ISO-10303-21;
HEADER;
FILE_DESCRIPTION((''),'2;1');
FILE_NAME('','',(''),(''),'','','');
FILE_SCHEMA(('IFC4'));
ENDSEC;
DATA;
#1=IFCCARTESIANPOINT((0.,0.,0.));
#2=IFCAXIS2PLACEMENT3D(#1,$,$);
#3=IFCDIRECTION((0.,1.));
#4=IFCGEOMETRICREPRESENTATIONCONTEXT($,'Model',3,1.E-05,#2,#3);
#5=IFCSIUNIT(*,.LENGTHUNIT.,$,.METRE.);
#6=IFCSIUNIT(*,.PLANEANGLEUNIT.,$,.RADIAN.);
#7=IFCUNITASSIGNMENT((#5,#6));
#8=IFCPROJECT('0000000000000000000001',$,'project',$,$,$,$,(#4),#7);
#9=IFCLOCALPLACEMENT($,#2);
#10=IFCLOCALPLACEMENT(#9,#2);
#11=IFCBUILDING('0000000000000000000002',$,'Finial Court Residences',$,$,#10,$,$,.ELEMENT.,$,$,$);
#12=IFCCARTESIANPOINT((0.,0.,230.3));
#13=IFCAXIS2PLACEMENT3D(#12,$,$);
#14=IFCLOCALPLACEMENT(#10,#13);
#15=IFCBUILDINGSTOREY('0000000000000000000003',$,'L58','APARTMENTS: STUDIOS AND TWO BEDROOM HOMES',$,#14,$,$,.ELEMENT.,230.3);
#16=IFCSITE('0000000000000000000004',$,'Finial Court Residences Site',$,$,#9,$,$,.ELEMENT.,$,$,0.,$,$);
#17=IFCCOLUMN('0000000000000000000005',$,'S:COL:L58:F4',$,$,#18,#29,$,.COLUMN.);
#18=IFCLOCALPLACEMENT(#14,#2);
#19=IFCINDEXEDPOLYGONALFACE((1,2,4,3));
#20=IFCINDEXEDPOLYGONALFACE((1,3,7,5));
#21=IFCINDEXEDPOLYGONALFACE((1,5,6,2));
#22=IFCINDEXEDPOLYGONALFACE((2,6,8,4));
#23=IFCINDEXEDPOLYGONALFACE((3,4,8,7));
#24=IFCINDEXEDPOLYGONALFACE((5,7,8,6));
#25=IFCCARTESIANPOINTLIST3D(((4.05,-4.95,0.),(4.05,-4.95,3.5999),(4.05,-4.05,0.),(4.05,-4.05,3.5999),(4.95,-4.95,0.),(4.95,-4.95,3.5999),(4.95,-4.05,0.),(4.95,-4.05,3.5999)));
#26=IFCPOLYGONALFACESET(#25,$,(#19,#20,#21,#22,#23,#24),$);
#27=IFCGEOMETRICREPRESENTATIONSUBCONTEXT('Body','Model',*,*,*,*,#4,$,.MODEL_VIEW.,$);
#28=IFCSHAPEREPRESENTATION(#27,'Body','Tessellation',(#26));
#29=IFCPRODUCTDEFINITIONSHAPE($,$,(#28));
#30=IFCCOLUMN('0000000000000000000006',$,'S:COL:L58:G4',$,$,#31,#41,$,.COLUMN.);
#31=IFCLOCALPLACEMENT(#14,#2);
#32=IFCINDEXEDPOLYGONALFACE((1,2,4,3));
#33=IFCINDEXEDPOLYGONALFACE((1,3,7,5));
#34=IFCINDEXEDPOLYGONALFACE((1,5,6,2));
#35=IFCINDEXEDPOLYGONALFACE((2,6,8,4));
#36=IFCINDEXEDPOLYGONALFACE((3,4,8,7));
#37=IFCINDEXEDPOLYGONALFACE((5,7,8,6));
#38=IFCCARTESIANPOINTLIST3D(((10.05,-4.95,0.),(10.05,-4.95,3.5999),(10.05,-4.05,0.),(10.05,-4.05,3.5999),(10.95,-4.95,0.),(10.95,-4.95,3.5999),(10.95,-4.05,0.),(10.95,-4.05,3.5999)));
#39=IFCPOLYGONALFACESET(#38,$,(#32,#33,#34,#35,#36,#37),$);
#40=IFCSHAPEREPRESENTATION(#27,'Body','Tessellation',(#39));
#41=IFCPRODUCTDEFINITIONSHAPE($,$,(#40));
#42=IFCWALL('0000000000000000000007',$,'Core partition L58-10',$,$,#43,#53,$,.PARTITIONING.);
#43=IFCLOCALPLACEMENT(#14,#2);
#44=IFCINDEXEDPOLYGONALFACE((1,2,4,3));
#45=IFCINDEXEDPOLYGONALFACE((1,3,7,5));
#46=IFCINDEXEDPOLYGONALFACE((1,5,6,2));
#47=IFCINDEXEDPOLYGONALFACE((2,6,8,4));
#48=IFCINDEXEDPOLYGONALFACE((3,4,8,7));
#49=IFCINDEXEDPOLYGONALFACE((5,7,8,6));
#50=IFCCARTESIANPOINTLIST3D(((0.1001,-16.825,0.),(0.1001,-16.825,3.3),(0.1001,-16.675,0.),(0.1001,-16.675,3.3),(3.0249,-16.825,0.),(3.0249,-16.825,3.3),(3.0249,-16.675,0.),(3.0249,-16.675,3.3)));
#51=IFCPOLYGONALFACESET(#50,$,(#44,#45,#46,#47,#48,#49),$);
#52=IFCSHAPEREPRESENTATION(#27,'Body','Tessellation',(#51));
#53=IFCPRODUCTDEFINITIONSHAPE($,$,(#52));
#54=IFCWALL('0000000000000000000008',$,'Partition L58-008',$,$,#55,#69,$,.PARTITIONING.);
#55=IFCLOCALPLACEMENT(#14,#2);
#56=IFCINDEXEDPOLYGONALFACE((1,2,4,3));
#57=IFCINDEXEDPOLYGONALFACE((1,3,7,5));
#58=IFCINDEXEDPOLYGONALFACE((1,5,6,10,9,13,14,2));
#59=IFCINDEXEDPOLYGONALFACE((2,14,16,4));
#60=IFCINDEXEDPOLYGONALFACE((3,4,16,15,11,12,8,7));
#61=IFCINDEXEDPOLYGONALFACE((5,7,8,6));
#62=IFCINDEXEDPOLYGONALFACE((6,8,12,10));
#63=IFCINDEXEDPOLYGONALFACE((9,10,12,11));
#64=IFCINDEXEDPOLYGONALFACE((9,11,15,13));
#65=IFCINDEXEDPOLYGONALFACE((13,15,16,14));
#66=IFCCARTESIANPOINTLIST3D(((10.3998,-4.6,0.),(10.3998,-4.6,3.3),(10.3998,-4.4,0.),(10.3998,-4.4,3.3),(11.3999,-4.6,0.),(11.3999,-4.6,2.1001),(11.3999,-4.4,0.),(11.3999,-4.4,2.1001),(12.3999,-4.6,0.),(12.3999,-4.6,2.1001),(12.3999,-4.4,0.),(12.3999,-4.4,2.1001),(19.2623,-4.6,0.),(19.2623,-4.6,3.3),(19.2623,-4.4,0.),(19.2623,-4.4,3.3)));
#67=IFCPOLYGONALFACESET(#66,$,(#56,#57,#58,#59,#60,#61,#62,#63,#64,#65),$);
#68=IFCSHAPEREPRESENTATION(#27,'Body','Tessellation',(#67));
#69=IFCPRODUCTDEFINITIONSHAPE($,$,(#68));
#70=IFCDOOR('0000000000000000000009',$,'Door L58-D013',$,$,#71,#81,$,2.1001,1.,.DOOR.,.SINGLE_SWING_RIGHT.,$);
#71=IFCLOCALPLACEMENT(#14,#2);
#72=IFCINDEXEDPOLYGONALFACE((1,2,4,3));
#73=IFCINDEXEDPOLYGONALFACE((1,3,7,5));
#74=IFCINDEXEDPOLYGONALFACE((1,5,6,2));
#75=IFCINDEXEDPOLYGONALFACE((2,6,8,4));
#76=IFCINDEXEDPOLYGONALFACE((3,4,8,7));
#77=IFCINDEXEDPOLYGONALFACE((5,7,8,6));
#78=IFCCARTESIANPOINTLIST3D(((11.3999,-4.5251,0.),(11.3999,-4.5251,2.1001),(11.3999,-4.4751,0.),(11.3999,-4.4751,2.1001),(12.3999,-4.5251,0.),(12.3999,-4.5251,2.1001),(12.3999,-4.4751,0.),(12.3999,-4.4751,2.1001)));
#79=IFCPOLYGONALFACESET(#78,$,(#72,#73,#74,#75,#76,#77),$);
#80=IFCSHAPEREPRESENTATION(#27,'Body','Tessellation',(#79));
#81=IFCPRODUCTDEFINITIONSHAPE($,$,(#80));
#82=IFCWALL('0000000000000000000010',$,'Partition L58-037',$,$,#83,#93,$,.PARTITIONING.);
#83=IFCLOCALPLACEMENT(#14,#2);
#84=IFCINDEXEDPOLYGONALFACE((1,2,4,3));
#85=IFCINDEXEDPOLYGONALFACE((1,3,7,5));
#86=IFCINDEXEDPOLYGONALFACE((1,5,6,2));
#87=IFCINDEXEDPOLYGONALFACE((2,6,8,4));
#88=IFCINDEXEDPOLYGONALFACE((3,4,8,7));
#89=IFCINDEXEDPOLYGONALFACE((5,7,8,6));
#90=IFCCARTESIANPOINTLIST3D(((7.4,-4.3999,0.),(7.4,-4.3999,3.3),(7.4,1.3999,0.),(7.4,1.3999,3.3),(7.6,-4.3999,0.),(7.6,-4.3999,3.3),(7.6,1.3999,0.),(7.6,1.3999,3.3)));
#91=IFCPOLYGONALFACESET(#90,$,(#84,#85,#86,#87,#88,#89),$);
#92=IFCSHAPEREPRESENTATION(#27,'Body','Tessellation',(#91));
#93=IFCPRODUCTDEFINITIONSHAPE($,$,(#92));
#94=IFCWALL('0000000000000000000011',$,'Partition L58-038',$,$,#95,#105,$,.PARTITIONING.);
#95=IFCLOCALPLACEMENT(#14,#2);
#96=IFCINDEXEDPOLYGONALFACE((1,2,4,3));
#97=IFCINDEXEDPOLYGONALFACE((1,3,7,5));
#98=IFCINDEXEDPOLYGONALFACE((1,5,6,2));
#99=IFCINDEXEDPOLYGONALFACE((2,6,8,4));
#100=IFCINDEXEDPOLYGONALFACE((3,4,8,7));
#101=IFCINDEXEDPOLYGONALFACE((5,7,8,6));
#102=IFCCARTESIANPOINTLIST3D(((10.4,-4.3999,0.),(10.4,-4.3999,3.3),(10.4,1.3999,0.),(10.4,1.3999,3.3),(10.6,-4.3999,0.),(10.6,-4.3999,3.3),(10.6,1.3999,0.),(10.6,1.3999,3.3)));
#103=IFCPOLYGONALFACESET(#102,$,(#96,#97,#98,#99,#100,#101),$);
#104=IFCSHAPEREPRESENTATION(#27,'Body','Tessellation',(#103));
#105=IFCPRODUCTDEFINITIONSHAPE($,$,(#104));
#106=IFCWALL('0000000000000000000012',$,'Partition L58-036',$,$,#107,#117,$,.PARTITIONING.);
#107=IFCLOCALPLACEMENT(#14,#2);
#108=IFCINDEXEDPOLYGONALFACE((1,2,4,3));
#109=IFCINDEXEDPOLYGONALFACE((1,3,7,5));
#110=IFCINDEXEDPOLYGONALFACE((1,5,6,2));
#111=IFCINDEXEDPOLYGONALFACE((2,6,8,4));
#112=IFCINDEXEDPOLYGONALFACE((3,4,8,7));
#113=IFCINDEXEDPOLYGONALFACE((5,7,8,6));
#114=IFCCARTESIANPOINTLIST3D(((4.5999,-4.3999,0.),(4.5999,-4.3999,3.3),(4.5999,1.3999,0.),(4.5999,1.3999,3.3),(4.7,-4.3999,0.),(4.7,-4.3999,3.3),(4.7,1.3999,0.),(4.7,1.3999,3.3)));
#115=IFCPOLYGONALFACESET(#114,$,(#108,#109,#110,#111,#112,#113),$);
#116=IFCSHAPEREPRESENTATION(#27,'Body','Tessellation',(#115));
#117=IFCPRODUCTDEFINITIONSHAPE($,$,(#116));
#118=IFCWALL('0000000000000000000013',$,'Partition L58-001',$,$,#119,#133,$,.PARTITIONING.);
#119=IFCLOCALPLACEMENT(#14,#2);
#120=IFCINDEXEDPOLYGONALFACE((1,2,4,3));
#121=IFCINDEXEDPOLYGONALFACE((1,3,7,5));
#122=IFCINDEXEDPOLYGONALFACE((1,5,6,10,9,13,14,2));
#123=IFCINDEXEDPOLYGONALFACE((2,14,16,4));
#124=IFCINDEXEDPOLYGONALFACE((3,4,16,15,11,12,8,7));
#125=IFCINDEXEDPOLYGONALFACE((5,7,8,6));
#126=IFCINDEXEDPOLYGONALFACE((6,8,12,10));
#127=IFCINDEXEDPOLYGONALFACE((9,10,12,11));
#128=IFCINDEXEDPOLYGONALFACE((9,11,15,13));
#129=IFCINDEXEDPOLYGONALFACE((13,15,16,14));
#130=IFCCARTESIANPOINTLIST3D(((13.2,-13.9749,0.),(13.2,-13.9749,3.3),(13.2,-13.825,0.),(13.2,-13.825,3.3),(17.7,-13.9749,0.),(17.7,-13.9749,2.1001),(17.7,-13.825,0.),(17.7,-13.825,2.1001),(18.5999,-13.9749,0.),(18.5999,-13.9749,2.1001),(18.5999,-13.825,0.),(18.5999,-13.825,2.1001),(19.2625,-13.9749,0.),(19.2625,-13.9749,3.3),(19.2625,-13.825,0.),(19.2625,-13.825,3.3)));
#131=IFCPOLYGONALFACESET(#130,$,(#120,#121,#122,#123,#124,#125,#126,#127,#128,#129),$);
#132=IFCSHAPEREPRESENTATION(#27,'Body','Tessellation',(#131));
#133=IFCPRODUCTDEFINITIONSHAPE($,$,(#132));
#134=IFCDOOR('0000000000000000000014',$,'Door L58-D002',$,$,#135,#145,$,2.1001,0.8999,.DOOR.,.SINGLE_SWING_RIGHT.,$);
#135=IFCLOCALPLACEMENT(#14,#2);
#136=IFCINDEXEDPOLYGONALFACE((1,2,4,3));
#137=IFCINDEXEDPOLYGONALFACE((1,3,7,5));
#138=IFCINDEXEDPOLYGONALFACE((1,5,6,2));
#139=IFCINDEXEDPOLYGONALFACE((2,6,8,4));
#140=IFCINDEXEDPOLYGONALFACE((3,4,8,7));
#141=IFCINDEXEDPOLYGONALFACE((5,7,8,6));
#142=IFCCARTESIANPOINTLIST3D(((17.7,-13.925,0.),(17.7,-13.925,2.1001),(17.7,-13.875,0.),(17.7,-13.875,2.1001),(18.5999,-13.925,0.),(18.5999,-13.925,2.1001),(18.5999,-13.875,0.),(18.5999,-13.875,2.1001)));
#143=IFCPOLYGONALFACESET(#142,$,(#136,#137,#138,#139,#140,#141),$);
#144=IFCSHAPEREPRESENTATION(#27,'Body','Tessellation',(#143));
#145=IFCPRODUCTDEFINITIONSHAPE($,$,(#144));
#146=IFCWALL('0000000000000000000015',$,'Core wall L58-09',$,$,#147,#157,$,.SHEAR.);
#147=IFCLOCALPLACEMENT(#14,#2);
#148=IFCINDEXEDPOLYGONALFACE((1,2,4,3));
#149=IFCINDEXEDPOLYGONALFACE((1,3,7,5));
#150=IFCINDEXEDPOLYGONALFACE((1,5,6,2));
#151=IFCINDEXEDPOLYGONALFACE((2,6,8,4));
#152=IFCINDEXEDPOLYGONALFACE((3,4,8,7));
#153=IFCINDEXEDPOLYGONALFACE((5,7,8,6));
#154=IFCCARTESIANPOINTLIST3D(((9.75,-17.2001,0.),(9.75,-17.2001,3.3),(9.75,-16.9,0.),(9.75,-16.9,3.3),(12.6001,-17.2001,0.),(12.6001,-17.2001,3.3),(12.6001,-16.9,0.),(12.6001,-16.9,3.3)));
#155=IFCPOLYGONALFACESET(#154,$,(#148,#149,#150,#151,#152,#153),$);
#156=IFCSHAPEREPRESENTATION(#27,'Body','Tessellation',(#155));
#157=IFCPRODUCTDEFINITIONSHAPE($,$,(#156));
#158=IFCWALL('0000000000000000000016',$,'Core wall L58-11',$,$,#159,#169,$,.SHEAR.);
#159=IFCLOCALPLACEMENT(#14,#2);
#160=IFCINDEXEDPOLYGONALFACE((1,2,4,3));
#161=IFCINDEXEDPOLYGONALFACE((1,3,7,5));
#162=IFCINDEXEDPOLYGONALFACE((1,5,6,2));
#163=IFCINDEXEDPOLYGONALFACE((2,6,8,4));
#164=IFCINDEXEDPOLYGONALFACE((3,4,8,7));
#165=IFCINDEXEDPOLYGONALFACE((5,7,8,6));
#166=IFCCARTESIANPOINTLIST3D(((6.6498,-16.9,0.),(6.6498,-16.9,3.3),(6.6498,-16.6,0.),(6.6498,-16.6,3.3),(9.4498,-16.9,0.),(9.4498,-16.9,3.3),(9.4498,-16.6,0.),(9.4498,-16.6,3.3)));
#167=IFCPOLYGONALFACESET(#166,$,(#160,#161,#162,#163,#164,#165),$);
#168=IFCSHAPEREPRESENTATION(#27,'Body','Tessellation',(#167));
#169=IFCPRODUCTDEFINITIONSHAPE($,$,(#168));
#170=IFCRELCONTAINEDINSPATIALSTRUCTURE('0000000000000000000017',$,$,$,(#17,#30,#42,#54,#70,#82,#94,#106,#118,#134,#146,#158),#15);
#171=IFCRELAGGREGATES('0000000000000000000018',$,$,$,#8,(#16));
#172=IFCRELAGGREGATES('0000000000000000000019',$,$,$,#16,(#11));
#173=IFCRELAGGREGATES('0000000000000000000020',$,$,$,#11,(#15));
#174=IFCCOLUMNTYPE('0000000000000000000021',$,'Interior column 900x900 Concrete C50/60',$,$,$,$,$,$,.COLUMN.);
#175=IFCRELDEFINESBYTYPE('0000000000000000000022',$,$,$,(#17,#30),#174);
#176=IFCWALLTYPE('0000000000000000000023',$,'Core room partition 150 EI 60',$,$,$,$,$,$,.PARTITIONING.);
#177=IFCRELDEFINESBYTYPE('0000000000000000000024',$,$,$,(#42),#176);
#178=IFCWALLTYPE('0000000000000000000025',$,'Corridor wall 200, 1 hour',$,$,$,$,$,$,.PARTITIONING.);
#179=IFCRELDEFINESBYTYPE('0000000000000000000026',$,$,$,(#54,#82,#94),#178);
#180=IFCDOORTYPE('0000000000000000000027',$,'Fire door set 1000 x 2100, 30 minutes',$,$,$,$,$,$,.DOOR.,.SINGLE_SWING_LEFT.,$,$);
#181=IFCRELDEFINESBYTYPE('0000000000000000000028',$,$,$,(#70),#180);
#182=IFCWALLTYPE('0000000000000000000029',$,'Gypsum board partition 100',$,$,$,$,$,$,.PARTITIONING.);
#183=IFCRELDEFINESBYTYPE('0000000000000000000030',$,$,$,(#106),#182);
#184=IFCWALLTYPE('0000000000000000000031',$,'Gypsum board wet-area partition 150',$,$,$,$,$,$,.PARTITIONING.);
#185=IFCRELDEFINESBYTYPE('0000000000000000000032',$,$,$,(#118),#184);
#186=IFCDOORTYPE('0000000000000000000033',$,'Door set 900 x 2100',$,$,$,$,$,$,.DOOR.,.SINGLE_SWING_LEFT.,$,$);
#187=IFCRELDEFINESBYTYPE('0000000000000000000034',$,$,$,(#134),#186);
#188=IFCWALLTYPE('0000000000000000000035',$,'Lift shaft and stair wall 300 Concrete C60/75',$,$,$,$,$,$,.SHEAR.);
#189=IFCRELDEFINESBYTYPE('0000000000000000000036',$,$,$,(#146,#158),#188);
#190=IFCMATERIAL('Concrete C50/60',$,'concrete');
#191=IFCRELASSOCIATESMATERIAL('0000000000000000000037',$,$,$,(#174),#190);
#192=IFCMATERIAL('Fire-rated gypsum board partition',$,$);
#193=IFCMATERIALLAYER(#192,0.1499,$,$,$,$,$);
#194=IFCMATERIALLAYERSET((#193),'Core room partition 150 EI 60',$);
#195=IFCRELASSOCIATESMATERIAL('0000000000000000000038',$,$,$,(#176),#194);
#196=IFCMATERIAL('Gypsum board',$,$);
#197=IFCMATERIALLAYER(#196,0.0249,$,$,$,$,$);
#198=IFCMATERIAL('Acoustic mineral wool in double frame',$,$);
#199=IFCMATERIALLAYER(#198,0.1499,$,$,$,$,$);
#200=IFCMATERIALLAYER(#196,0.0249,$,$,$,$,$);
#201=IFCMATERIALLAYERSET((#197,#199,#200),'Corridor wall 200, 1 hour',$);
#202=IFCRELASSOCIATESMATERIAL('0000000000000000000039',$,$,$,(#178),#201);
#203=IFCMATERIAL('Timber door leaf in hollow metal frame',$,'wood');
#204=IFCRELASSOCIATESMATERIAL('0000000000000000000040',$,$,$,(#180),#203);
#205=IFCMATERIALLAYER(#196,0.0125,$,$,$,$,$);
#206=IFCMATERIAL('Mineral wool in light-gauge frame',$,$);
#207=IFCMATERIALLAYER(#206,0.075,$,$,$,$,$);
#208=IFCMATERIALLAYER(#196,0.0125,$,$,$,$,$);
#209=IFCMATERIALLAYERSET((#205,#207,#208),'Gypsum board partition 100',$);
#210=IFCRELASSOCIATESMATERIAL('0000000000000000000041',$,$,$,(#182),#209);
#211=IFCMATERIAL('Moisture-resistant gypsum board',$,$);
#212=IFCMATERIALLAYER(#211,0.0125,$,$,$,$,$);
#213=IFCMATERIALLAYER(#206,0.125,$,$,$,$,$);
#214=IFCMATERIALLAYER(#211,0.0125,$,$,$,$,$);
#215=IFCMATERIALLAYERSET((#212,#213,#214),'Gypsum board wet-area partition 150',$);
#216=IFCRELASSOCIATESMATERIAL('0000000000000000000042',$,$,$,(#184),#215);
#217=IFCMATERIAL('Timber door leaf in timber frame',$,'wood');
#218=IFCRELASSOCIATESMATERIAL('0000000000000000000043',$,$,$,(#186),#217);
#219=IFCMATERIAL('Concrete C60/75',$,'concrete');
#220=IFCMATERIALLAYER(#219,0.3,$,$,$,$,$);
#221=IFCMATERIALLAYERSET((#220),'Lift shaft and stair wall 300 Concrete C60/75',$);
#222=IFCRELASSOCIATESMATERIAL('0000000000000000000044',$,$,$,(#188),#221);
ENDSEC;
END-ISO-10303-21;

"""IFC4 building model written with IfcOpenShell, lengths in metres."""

from ifc_helpers import new_model, si_unit, direction, frame, frame_2d, origin, origin_2d, place, context, subcontext, project, spatial, rectangle, extrude, material, layer, layer_set, material_profile, profile_set, type_object, element, fill, save


model = new_model("IFC4")

# Units and contexts
model_context = context("Model", 3, precision=1e-05, world=origin(), true_north=direction((0.0, 1.0)))
body_context = subcontext(model_context, "Body", "Model", "MODEL_VIEW")
ifc_project = project(units=[si_unit("LENGTHUNIT", "METRE"), si_unit("PLANEANGLEUNIT", "RADIAN")], contexts=[model_context])

# Site, building, storey
site_placement = place(None, origin())
site = spatial("IfcSite", under=ifc_project, at=site_placement, Name="Finial Court Residences Site", CompositionType="ELEMENT", RefElevation=0.0)
building_placement = place(site_placement, origin())
building = spatial("IfcBuilding", under=site, at=building_placement, Name="Finial Court Residences", CompositionType="ELEMENT")
storey_placement = place(building_placement, frame((0.0, 0.0, 230.3)))
storey = spatial("IfcBuildingStorey", under=building, at=storey_placement, Name="L58", Description="APARTMENTS: STUDIOS AND TWO BEDROOM HOMES", CompositionType="ELEMENT", Elevation=230.3)

# Columns
ifc_material_1 = material(Name="Concrete C50/60", Category="concrete")
ifc_material_profile = material_profile(ifc_material_1, rectangle(XDim=0.8999, YDim=0.8999, at=origin_2d()), Name="900x900")
ifc_profile_set = profile_set([ifc_material_profile], Name="Concrete C50/60")
column_type = type_object("IfcColumnType", Name="Interior column 900x900 Concrete C50/60", PredefinedType="COLUMN", material=ifc_profile_set)
for number, where, z_axis, x_axis, name in (
    (1, (4.5, -4.5, 0.0), (0.0, 0.0, 1.0), (1.0, 0.0, 0.0), "S:COL:L58:F4"),
    (2, (10.5, -4.5, 0.0), (0.0, 0.0, 1.0), (1.0, 0.0, 0.0), "S:COL:L58:G4"),
):
    element("IfcColumn", number, at=place(storey_placement, frame(where, z_axis=z_axis, x_axis=x_axis)), inside=storey, type_object=column_type, Name=name, PredefinedType="COLUMN", context=body_context, shape_type="SweptSolid", body=[
        extrude(rectangle(XDim=0.8999, YDim=0.8999, at=origin_2d()), origin(), (0.0, 0.0, 1.0), 3.5999),
    ])

# Wall
ifc_material_2 = material(Name="Fire-rated gypsum board partition")
ifc_layer_1 = layer(ifc_material_2, 0.1499)
ifc_layer_set_1 = layer_set([ifc_layer_1], Name="Core room partition 150 EI 60")
wall_type_1 = type_object("IfcWallType", Name="Core room partition 150 EI 60", PredefinedType="PARTITIONING", material=ifc_layer_set_1)
wall_1_placement = place(storey_placement, frame((0.1001, -16.75, 0.0), z_axis=(0.0, 0.0, 1.0), x_axis=(1.0, 0.0, 0.0)))
element("IfcWall", 3, at=wall_1_placement, inside=storey, type_object=wall_type_1, Name="Core partition L58-10", PredefinedType="PARTITIONING", context=body_context, shape_type="SweptSolid", body=[
    extrude(rectangle(XDim=2.9248, YDim=0.1499, at=frame_2d((1.4624, 0.0))), origin(), (0.0, 0.0, 1.0), 3.3),
])

# Wall, opening, door
ifc_material_3 = material(Name="Gypsum board")
ifc_layer_2 = layer(ifc_material_3, 0.0249)
ifc_material_4 = material(Name="Acoustic mineral wool in double frame")
ifc_layer_3 = layer(ifc_material_4, 0.1499)
ifc_layer_4 = layer(ifc_material_3, 0.0249)
ifc_layer_set_2 = layer_set([ifc_layer_2, ifc_layer_3, ifc_layer_4], Name="Corridor wall 200, 1 hour")
wall_type_2 = type_object("IfcWallType", Name="Corridor wall 200, 1 hour", PredefinedType="PARTITIONING", material=ifc_layer_set_2)
wall_2_placement = place(storey_placement, frame((10.3999, -4.5, 0.0), z_axis=(0.0, 0.0, 1.0), x_axis=(1.0, 0.0, 0.0)))
wall_2 = element("IfcWall", 4, at=wall_2_placement, inside=storey, type_object=wall_type_2, Name="Partition L58-008", PredefinedType="PARTITIONING", context=body_context, shape_type="SweptSolid", body=[
    extrude(rectangle(XDim=8.8625, YDim=0.2, at=frame_2d((4.4312, 0.0))), origin(), (0.0, 0.0, 1.0), 3.3),
])
opening_1_placement = place(wall_2_placement, frame((1.0, 0.0, 0.0)))
opening_1 = element("IfcOpeningElement", 5, at=opening_1_placement, cuts=wall_2, PredefinedType="OPENING", context=body_context, shape_type="SweptSolid", body=[
    extrude(rectangle(XDim=1.0, YDim=2.1001, at=frame_2d((0.5, 1.05))), frame((0.0, 0.1099, 0.0), z_axis=(0.0, -1.0, 0.0), x_axis=(1.0, 0.0, 0.0)), (0.0, 0.0, 1.0), 0.22),
])
ifc_material_5 = material(Name="Timber door leaf in hollow metal frame", Category="wood")
door_type_1 = type_object("IfcDoorType", Name="Fire door set 1000 x 2100, 30 minutes", OperationType="SINGLE_SWING_LEFT", PredefinedType="DOOR", material=ifc_material_5)
door_1_placement = place(opening_1_placement, origin())
door_1 = element("IfcDoor", 6, at=door_1_placement, inside=storey, type_object=door_type_1, Name="Door L58-D013", OperationType="SINGLE_SWING_RIGHT", OverallHeight=2.1001, OverallWidth=1.0, PredefinedType="DOOR", context=body_context, shape_type="SweptSolid", body=[
    extrude(rectangle(XDim=1.0, YDim=2.1001, at=frame_2d((0.5, 1.05))), frame((0.0, 0.0249, 0.0), z_axis=(0.0, -1.0, 0.0), x_axis=(1.0, 0.0, 0.0)), (0.0, 0.0, 1.0), 0.05),
])
fill(opening_1, door_1)

# Walls
for number, where, z_axis, x_axis, name in (
    (7, (7.5, -4.3999, 0.0), (0.0, 0.0, 1.0), (0.0, 1.0, 0.0), "Partition L58-037"),
    (8, (10.5, -4.3999, 0.0), (0.0, 0.0, 1.0), (0.0, 1.0, 0.0), "Partition L58-038"),
):
    element("IfcWall", number, at=place(storey_placement, frame(where, z_axis=z_axis, x_axis=x_axis)), inside=storey, type_object=wall_type_2, Name=name, PredefinedType="PARTITIONING", context=body_context, shape_type="SweptSolid", body=[
        extrude(rectangle(XDim=5.7998, YDim=0.2, at=frame_2d((2.8999, 0.0))), origin(), (0.0, 0.0, 1.0), 3.3),
    ])
ifc_layer_5 = layer(ifc_material_3, 0.0125)
ifc_material_6 = material(Name="Mineral wool in light-gauge frame")
ifc_layer_6 = layer(ifc_material_6, 0.075)
ifc_layer_7 = layer(ifc_material_3, 0.0125)
ifc_layer_set_3 = layer_set([ifc_layer_5, ifc_layer_6, ifc_layer_7], Name="Gypsum board partition 100")
wall_type_3 = type_object("IfcWallType", Name="Gypsum board partition 100", PredefinedType="PARTITIONING", material=ifc_layer_set_3)
wall_3_placement = place(storey_placement, frame((4.6499, -4.3999, 0.0), z_axis=(0.0, 0.0, 1.0), x_axis=(0.0, 1.0, 0.0)))
element("IfcWall", 9, at=wall_3_placement, inside=storey, type_object=wall_type_3, Name="Partition L58-036", PredefinedType="PARTITIONING", context=body_context, shape_type="SweptSolid", body=[
    extrude(rectangle(XDim=5.7998, YDim=0.1001, at=frame_2d((2.8999, 0.0))), origin(), (0.0, 0.0, 1.0), 3.3),
])

# Wall, opening, door
ifc_material_7 = material(Name="Moisture-resistant gypsum board")
ifc_layer_8 = layer(ifc_material_7, 0.0125)
ifc_layer_9 = layer(ifc_material_6, 0.125)
ifc_layer_10 = layer(ifc_material_7, 0.0125)
ifc_layer_set_4 = layer_set([ifc_layer_8, ifc_layer_9, ifc_layer_10], Name="Gypsum board wet-area partition 150")
wall_type_4 = type_object("IfcWallType", Name="Gypsum board wet-area partition 150", PredefinedType="PARTITIONING", material=ifc_layer_set_4)
wall_4_placement = place(storey_placement, frame((13.2, -13.8999, 0.0), z_axis=(0.0, 0.0, 1.0), x_axis=(1.0, 0.0, 0.0)))
wall_4 = element("IfcWall", 10, at=wall_4_placement, inside=storey, type_object=wall_type_4, Name="Partition L58-001", PredefinedType="PARTITIONING", context=body_context, shape_type="SweptSolid", body=[
    extrude(rectangle(XDim=6.0625, YDim=0.1499, at=frame_2d((3.0312, 0.0))), origin(), (0.0, 0.0, 1.0), 3.3),
])
opening_2_placement = place(wall_4_placement, frame((4.5, 0.0, 0.0)))
opening_2 = element("IfcOpeningElement", 11, at=opening_2_placement, cuts=wall_4, PredefinedType="OPENING", context=body_context, shape_type="SweptSolid", body=[
    extrude(rectangle(XDim=0.8999, YDim=2.1001, at=frame_2d((0.45, 1.05))), frame((0.0, 0.085, 0.0), z_axis=(0.0, -1.0, 0.0), x_axis=(1.0, 0.0, 0.0)), (0.0, 0.0, 1.0), 0.1699),
])
ifc_material_8 = material(Name="Timber door leaf in timber frame", Category="wood")
door_type_2 = type_object("IfcDoorType", Name="Door set 900 x 2100", OperationType="SINGLE_SWING_LEFT", PredefinedType="DOOR", material=ifc_material_8)
door_2_placement = place(opening_2_placement, origin())
door_2 = element("IfcDoor", 12, at=door_2_placement, inside=storey, type_object=door_type_2, Name="Door L58-D002", OperationType="SINGLE_SWING_RIGHT", OverallHeight=2.1001, OverallWidth=0.8999, PredefinedType="DOOR", context=body_context, shape_type="SweptSolid", body=[
    extrude(rectangle(XDim=0.8999, YDim=2.1001, at=frame_2d((0.45, 1.05))), frame((0.0, 0.0249, 0.0), z_axis=(0.0, -1.0, 0.0), x_axis=(1.0, 0.0, 0.0)), (0.0, 0.0, 1.0), 0.05),
])
fill(opening_2, door_2)

# Walls
ifc_material_9 = material(Name="Concrete C60/75", Category="concrete")
ifc_layer_11 = layer(ifc_material_9, 0.3)
ifc_layer_set_5 = layer_set([ifc_layer_11], Name="Lift shaft and stair wall 300 Concrete C60/75")
wall_type_5 = type_object("IfcWallType", Name="Lift shaft and stair wall 300 Concrete C60/75", PredefinedType="SHEAR", material=ifc_layer_set_5)
wall_5_placement = place(storey_placement, frame((9.75, -17.05, 0.0), z_axis=(0.0, 0.0, 1.0), x_axis=(1.0, 0.0, 0.0)))
element("IfcWall", 13, at=wall_5_placement, inside=storey, type_object=wall_type_5, Name="Core wall L58-09", PredefinedType="SHEAR", context=body_context, shape_type="SweptSolid", body=[
    extrude(rectangle(XDim=2.8501, YDim=0.3, at=frame_2d((1.425, 0.0))), origin(), (0.0, 0.0, 1.0), 3.3),
])
for number, where, z_axis, x_axis, name in (
    (14, (6.6499, -16.75, 0.0), (0.0, 0.0, 1.0), (1.0, 0.0, 0.0), "Core wall L58-11"),
):
    element("IfcWall", number, at=place(storey_placement, frame(where, z_axis=z_axis, x_axis=x_axis)), inside=storey, type_object=wall_type_5, Name=name, PredefinedType="SHEAR", context=body_context, shape_type="SweptSolid", body=[
        extrude(rectangle(XDim=2.8, YDim=0.3, at=frame_2d((1.3999, 0.0))), origin(), (0.0, 0.0, 1.0), 3.3),
    ])

save(model, "model.ifc")
